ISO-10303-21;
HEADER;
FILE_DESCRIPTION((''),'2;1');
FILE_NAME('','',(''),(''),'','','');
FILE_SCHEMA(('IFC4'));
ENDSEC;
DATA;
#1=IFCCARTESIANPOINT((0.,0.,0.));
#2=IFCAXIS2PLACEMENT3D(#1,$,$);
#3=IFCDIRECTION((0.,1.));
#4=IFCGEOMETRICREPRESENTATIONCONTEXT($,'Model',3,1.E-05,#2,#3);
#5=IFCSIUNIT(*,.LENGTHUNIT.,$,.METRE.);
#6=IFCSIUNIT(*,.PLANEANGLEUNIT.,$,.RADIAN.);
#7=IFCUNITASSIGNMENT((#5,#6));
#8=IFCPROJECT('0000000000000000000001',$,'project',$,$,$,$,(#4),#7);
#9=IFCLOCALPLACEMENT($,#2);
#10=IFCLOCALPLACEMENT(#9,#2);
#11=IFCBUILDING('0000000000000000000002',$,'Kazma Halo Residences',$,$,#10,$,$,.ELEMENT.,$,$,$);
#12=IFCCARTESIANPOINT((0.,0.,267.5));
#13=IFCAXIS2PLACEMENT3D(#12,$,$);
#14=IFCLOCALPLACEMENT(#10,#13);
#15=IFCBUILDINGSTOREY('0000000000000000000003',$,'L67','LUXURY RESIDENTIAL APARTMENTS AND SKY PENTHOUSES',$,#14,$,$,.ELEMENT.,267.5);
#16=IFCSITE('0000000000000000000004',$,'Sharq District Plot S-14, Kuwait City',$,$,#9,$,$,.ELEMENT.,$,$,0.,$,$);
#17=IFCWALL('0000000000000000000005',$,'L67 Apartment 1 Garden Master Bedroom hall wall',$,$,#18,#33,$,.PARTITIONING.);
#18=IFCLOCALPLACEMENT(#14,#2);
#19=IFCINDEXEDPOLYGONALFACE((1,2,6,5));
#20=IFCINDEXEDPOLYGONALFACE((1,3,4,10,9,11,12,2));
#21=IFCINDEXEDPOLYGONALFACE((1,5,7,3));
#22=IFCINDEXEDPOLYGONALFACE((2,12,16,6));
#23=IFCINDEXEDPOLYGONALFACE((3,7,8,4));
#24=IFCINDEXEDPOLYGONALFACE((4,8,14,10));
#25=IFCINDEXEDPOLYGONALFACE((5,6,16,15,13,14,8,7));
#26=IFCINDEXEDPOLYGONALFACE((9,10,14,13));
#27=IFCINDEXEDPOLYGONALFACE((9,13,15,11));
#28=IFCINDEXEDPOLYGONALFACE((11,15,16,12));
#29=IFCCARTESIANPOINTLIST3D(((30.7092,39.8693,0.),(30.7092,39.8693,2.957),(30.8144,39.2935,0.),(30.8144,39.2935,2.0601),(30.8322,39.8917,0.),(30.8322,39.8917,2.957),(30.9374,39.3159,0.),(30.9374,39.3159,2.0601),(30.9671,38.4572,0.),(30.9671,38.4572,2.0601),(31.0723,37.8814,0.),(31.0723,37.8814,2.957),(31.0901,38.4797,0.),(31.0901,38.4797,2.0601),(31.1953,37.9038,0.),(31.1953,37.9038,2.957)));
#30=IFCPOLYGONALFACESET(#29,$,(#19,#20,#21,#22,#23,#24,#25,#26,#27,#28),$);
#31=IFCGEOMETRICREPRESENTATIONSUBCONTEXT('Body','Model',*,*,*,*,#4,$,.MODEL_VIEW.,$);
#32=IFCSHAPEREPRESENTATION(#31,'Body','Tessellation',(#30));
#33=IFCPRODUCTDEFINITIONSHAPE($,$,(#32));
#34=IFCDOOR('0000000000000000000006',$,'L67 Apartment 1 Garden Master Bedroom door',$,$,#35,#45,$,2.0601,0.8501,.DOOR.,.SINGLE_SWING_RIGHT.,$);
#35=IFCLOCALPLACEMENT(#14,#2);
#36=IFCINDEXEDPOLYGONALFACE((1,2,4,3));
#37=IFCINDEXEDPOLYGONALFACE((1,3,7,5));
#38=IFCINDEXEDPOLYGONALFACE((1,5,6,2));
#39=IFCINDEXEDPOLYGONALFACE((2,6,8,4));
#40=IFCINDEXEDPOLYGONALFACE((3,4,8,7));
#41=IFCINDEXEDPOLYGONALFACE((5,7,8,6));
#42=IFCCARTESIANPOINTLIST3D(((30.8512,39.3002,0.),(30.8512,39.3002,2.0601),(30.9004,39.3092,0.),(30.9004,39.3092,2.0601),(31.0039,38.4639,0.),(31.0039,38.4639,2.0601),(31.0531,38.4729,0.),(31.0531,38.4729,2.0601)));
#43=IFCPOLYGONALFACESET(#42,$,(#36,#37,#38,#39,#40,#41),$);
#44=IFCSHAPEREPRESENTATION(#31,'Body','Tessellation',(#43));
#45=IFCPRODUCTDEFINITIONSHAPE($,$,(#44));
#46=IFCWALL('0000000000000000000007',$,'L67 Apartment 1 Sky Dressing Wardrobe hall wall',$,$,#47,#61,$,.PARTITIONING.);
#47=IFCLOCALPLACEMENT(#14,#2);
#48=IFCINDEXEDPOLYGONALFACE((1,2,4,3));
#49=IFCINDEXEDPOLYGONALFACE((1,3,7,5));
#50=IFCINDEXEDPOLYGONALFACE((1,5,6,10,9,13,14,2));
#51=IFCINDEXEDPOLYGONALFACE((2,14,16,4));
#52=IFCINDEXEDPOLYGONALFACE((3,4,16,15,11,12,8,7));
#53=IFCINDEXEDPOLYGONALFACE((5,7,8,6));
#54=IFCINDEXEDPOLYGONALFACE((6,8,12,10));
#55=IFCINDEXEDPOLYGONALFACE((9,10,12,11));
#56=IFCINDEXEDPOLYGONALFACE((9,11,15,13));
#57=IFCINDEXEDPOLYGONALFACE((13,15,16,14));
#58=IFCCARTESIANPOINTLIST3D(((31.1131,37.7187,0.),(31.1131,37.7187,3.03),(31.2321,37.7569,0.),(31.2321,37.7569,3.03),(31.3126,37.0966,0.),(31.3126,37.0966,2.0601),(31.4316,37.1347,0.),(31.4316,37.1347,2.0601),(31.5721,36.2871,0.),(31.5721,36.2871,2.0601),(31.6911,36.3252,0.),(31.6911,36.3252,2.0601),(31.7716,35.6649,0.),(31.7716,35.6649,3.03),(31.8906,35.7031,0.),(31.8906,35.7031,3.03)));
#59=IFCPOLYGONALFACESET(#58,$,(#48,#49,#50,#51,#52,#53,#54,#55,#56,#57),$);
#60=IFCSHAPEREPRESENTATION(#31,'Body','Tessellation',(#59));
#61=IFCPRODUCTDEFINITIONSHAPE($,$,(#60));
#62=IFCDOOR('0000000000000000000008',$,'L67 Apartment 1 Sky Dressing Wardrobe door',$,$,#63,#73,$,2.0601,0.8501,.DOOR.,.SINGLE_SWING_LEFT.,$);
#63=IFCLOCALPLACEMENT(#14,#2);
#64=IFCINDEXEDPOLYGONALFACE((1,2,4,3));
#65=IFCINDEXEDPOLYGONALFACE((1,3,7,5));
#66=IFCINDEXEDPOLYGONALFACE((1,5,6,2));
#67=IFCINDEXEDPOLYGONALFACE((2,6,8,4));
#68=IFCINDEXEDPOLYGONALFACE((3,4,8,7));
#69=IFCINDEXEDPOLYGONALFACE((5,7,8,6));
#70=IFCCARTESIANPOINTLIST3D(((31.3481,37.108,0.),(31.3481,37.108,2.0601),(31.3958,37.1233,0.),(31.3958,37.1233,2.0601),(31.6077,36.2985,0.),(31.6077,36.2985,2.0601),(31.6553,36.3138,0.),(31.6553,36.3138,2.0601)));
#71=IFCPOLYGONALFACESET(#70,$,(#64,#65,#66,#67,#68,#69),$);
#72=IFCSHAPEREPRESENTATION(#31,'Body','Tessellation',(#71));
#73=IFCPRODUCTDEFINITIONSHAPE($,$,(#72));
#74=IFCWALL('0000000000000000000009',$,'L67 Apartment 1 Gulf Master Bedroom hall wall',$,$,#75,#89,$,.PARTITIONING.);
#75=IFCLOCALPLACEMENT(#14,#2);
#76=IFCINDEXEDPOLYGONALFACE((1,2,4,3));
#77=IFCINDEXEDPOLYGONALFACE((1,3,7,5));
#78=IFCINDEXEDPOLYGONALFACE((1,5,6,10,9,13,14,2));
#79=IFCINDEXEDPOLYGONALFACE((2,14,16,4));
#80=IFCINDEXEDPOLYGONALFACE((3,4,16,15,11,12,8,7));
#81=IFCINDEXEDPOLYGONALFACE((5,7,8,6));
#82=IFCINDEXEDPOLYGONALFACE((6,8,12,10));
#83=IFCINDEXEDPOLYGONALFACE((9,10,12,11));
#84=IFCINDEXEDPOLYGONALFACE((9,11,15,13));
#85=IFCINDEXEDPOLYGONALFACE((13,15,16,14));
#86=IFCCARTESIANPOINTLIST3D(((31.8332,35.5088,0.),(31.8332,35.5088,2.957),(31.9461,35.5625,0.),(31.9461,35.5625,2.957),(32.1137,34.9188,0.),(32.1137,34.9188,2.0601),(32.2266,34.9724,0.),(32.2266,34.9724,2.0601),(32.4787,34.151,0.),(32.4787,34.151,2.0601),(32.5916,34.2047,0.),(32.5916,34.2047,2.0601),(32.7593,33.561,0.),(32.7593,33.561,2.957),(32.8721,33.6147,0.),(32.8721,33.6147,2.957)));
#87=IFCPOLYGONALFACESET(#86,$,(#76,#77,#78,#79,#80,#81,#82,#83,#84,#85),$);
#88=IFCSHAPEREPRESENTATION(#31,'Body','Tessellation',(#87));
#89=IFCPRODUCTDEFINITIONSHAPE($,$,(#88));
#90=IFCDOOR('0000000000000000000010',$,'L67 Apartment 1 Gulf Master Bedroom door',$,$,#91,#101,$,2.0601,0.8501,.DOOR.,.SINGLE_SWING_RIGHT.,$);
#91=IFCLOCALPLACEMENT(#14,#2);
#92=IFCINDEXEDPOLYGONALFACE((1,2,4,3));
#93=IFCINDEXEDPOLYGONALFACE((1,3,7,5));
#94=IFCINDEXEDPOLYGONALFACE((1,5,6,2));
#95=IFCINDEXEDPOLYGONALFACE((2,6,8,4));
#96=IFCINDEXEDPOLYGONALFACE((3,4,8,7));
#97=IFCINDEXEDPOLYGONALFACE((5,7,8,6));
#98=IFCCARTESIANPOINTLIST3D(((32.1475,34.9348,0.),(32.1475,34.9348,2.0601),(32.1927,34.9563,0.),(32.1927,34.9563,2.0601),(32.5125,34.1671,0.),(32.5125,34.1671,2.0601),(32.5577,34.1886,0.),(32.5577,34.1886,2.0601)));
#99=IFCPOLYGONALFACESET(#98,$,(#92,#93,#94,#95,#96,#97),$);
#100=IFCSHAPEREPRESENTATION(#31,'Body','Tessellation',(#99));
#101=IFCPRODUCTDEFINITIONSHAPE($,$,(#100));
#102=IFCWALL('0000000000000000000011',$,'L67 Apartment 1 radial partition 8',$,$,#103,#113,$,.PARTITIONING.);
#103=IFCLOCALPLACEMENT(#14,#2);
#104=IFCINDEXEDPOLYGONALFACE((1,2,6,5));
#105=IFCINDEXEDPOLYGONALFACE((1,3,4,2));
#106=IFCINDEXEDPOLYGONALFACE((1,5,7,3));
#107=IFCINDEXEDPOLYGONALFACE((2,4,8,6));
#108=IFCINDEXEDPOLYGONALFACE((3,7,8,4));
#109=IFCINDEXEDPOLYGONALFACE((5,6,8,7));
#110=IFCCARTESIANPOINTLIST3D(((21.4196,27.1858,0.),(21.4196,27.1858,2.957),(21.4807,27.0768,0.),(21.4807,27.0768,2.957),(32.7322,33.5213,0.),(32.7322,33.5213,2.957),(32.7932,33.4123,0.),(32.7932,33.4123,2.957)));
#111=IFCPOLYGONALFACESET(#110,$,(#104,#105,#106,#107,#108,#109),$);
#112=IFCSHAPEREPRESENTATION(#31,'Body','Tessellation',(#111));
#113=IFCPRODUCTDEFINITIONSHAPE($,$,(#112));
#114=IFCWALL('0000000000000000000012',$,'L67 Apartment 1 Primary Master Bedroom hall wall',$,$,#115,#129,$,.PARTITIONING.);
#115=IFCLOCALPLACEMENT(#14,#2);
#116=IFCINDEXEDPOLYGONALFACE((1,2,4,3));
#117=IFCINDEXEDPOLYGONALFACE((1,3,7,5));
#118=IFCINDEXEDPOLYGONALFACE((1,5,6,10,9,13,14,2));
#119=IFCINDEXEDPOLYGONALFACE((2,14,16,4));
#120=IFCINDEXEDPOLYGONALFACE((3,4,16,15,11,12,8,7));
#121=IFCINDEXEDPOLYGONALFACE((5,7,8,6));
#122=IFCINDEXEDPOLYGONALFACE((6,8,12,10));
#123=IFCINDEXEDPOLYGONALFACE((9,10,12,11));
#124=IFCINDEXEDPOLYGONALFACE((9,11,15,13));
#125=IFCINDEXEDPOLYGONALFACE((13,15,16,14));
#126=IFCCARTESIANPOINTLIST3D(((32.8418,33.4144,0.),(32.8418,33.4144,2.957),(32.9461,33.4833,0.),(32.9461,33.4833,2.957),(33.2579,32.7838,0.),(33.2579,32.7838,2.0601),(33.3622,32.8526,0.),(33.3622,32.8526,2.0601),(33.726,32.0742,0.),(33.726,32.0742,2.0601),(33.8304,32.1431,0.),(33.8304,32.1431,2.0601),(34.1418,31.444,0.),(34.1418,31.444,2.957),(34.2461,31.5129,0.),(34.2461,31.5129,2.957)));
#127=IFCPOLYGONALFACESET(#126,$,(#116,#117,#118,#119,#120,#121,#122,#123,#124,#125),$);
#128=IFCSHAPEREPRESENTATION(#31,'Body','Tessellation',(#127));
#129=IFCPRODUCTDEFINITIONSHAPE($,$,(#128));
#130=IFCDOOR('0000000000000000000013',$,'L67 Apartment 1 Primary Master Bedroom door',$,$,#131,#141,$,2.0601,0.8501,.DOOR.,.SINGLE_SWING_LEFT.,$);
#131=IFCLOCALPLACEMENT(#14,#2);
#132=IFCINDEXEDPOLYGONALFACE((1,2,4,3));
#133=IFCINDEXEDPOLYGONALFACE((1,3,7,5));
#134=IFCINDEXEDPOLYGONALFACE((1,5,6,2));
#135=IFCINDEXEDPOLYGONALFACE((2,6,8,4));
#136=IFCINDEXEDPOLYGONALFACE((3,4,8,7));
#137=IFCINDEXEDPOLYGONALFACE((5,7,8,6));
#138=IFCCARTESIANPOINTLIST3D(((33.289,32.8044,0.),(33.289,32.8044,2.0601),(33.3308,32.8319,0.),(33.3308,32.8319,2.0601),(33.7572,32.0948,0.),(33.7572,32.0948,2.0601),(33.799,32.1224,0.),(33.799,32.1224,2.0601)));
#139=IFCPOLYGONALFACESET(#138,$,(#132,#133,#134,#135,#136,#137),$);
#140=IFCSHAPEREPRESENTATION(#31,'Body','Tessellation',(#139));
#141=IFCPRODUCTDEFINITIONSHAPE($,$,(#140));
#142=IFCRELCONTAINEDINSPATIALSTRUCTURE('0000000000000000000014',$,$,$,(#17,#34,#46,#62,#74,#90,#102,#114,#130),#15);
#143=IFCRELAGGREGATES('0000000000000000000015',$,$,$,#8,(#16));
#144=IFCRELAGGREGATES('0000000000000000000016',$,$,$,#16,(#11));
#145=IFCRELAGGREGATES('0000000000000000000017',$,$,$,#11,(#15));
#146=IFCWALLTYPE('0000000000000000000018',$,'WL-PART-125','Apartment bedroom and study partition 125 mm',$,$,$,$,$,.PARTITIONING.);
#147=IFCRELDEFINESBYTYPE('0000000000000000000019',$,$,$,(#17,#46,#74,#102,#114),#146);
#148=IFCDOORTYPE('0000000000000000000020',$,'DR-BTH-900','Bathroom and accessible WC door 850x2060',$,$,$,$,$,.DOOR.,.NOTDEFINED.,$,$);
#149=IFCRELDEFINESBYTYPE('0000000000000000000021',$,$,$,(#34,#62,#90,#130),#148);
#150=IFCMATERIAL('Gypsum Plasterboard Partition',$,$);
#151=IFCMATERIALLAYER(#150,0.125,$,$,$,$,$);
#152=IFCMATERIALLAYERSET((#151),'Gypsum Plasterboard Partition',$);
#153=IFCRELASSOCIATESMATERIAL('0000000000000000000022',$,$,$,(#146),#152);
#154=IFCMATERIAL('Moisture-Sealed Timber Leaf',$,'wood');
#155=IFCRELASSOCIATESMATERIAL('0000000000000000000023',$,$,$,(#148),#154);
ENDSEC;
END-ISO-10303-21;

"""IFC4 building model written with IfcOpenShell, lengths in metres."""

from ifc_helpers import new_model, si_unit, direction, frame, frame_2d, origin, place, context, subcontext, project, spatial, rectangle, extrude, material, layer, layer_set, type_object, element, fill, save


model = new_model("IFC4")

# Units and contexts
model_context = context("Model", 3, precision=1e-05, world=origin(), true_north=direction((0.0, 1.0)))
body_context = subcontext(model_context, "Body", "Model", "MODEL_VIEW")
ifc_project = project(units=[si_unit("LENGTHUNIT", "METRE"), si_unit("PLANEANGLEUNIT", "RADIAN")], contexts=[model_context])

# Site, building, storey
site_placement = place(None, origin())
site = spatial("IfcSite", under=ifc_project, at=site_placement, Name="Sharq District Plot S-14, Kuwait City", CompositionType="ELEMENT", RefElevation=0.0)
building_placement = place(site_placement, origin())
building = spatial("IfcBuilding", under=site, at=building_placement, Name="Kazma Halo Residences", CompositionType="ELEMENT")
storey_placement = place(building_placement, frame((0.0, 0.0, 267.5)))
storey = spatial("IfcBuildingStorey", under=building, at=storey_placement, Name="L67", Description="LUXURY RESIDENTIAL APARTMENTS AND SKY PENTHOUSES", CompositionType="ELEMENT", Elevation=267.5)

# Shared definitions
ifc_material_1 = material(Name="Gypsum Plasterboard Partition")
ifc_layer_1 = layer(ifc_material_1, 0.125)
ifc_layer_set_1 = layer_set([ifc_layer_1], Name="Gypsum Plasterboard Partition")
wall_type_1 = type_object("IfcWallType", Name="WL-PART-125", Description="Apartment bedroom and study partition 125 mm", PredefinedType="PARTITIONING", material=ifc_layer_set_1)

# Walls, openings, doors
wall_1_placement = place(storey_placement, frame((30.7708, 39.8804, 0.0), z_axis=(0.0, 0.0, 1.0), x_axis=(0.179662, -0.983728, 0.0)))
wall_1 = element("IfcWall", 1, at=wall_1_placement, inside=storey, type_object=wall_type_1, Name="L67 Apartment 1 Garden Master Bedroom hall wall", PredefinedType="PARTITIONING", context=body_context, shape_type="SweptSolid", body=[
    extrude(rectangle(XDim=2.0208, YDim=0.125, at=frame_2d((1.0103, 0.0))), origin(), (0.0, 0.0, 1.0), 2.957),
])
opening_1_placement = place(wall_1_placement, frame((0.5852, 0.0, 0.0)))
opening_1 = element("IfcOpeningElement", 2, at=opening_1_placement, cuts=wall_1, PredefinedType="OPENING", context=body_context, shape_type="SweptSolid", body=[
    extrude(rectangle(XDim=0.8501, YDim=2.0601, at=frame_2d((0.425, 1.03))), frame((0.0, 0.0725, 0.0), z_axis=(0.0, -1.0, 0.0), x_axis=(1.0, 0.0, 0.0)), (0.0, 0.0, 1.0), 0.145),
])
ifc_material_2 = material(Name="Moisture-Sealed Timber Leaf", Category="wood")
door_type = type_object("IfcDoorType", Name="DR-BTH-900", Description="Bathroom and accessible WC door 850x2060", OperationType="NOTDEFINED", PredefinedType="DOOR", material=ifc_material_2)
door_1_placement = place(opening_1_placement, origin())
door_1 = element("IfcDoor", 3, at=door_1_placement, inside=storey, type_object=door_type, Name="L67 Apartment 1 Garden Master Bedroom door", OperationType="SINGLE_SWING_RIGHT", OverallHeight=2.0601, OverallWidth=0.8501, PredefinedType="DOOR", context=body_context, shape_type="SweptSolid", body=[
    extrude(rectangle(XDim=0.8501, YDim=2.0601, at=frame_2d((0.425, 1.03))), frame((0.0, 0.0249, 0.0), z_axis=(0.0, -1.0, 0.0), x_axis=(1.0, 0.0, 0.0)), (0.0, 0.0, 1.0), 0.05),
])
fill(opening_1, door_1)
wall_2_placement = place(storey_placement, frame((31.1726, 37.7378, 0.0), z_axis=(0.0, 0.0, 1.0), x_axis=(0.305306, -0.952254, 0.0)))
wall_2 = element("IfcWall", 4, at=wall_2_placement, inside=storey, type_object=wall_type_1, Name="L67 Apartment 1 Sky Dressing Wardrobe hall wall", PredefinedType="PARTITIONING", context=body_context, shape_type="SweptSolid", body=[
    extrude(rectangle(XDim=2.1567, YDim=0.125, at=frame_2d((1.0784, 0.0))), origin(), (0.0, 0.0, 1.0), 3.03),
])
opening_2_placement = place(wall_2_placement, frame((0.6533, 0.0, 0.0)))
opening_2 = element("IfcOpeningElement", 5, at=opening_2_placement, cuts=wall_2, PredefinedType="OPENING", context=body_context, shape_type="SweptSolid", body=[
    extrude(rectangle(XDim=0.8501, YDim=2.0601, at=frame_2d((0.425, 1.03))), frame((0.0, 0.0725, 0.0), z_axis=(0.0, -1.0, 0.0), x_axis=(1.0, 0.0, 0.0)), (0.0, 0.0, 1.0), 0.145),
])
door_2_placement = place(opening_2_placement, origin())
door_2 = element("IfcDoor", 6, at=door_2_placement, inside=storey, type_object=door_type, Name="L67 Apartment 1 Sky Dressing Wardrobe door", OperationType="SINGLE_SWING_LEFT", OverallHeight=2.0601, OverallWidth=0.8501, PredefinedType="DOOR", context=body_context, shape_type="SweptSolid", body=[
    extrude(rectangle(XDim=0.8501, YDim=2.0601, at=frame_2d((0.425, 1.03))), frame((0.0, 0.0249, 0.0), z_axis=(0.0, -1.0, 0.0), x_axis=(1.0, 0.0, 0.0)), (0.0, 0.0, 1.0), 0.05),
])
fill(opening_2, door_2)
wall_3_placement = place(storey_placement, frame((31.8896, 35.5356, 0.0), z_axis=(0.0, 0.0, 1.0), x_axis=(0.429375, -0.903126, 0.0)))
wall_3 = element("IfcWall", 7, at=wall_3_placement, inside=storey, type_object=wall_type_1, Name="L67 Apartment 1 Gulf Master Bedroom hall wall", PredefinedType="PARTITIONING", context=body_context, shape_type="SweptSolid", body=[
    extrude(rectangle(XDim=2.1567, YDim=0.125, at=frame_2d((1.0784, 0.0))), origin(), (0.0, 0.0, 1.0), 2.957),
])
opening_3_placement = place(wall_3_placement, frame((0.6533, 0.0, 0.0)))
opening_3 = element("IfcOpeningElement", 8, at=opening_3_placement, cuts=wall_3, PredefinedType="OPENING", context=body_context, shape_type="SweptSolid", body=[
    extrude(rectangle(XDim=0.8501, YDim=2.0601, at=frame_2d((0.425, 1.03))), frame((0.0, 0.0725, 0.0), z_axis=(0.0, -1.0, 0.0), x_axis=(1.0, 0.0, 0.0)), (0.0, 0.0, 1.0), 0.145),
])
door_3_placement = place(opening_3_placement, origin())
door_3 = element("IfcDoor", 9, at=door_3_placement, inside=storey, type_object=door_type, Name="L67 Apartment 1 Gulf Master Bedroom door", OperationType="SINGLE_SWING_RIGHT", OverallHeight=2.0601, OverallWidth=0.8501, PredefinedType="DOOR", context=body_context, shape_type="SweptSolid", body=[
    extrude(rectangle(XDim=0.8501, YDim=2.0601, at=frame_2d((0.425, 1.03))), frame((0.0, 0.0249, 0.0), z_axis=(0.0, -1.0, 0.0), x_axis=(1.0, 0.0, 0.0)), (0.0, 0.0, 1.0), 0.05),
])
fill(opening_3, door_3)

# Wall
wall_4_placement = place(storey_placement, frame((32.7627, 33.4668, 0.0), z_axis=(0.0, 0.0, 1.0), x_axis=(-0.872491, -0.48863, 0.0)))
element("IfcWall", 10, at=wall_4_placement, inside=storey, type_object=wall_type_1, Name="L67 Apartment 1 radial partition 8", PredefinedType="PARTITIONING", context=body_context, shape_type="SweptSolid", body=[
    extrude(rectangle(XDim=12.9658, YDim=0.125, at=frame_2d((6.4829, 0.0))), origin(), (0.0, 0.0, 1.0), 2.957),
])

# Wall, opening, door
wall_5_placement = place(storey_placement, frame((32.894, 33.4487, 0.0), z_axis=(0.0, 0.0, 1.0), x_axis=(0.550708, -0.834698, 0.0)))
wall_5 = element("IfcWall", 11, at=wall_5_placement, inside=storey, type_object=wall_type_1, Name="L67 Apartment 1 Primary Master Bedroom hall wall", PredefinedType="PARTITIONING", context=body_context, shape_type="SweptSolid", body=[
    extrude(rectangle(XDim=2.3606, YDim=0.125, at=frame_2d((1.1802, 0.0))), origin(), (0.0, 0.0, 1.0), 2.957),
])
opening_4_placement = place(wall_5_placement, frame((0.7554, 0.0, 0.0)))
opening_4 = element("IfcOpeningElement", 12, at=opening_4_placement, cuts=wall_5, PredefinedType="OPENING", context=body_context, shape_type="SweptSolid", body=[
    extrude(rectangle(XDim=0.8501, YDim=2.0601, at=frame_2d((0.425, 1.03))), frame((0.0, 0.0725, 0.0), z_axis=(0.0, -1.0, 0.0), x_axis=(1.0, 0.0, 0.0)), (0.0, 0.0, 1.0), 0.145),
])
door_4_placement = place(opening_4_placement, origin())
door_4 = element("IfcDoor", 13, at=door_4_placement, inside=storey, type_object=door_type, Name="L67 Apartment 1 Primary Master Bedroom door", OperationType="SINGLE_SWING_LEFT", OverallHeight=2.0601, OverallWidth=0.8501, PredefinedType="DOOR", context=body_context, shape_type="SweptSolid", body=[
    extrude(rectangle(XDim=0.8501, YDim=2.0601, at=frame_2d((0.425, 1.03))), frame((0.0, 0.0249, 0.0), z_axis=(0.0, -1.0, 0.0), x_axis=(1.0, 0.0, 0.0)), (0.0, 0.0, 1.0), 0.05),
])
fill(opening_4, door_4)

save(model, "model.ifc")
